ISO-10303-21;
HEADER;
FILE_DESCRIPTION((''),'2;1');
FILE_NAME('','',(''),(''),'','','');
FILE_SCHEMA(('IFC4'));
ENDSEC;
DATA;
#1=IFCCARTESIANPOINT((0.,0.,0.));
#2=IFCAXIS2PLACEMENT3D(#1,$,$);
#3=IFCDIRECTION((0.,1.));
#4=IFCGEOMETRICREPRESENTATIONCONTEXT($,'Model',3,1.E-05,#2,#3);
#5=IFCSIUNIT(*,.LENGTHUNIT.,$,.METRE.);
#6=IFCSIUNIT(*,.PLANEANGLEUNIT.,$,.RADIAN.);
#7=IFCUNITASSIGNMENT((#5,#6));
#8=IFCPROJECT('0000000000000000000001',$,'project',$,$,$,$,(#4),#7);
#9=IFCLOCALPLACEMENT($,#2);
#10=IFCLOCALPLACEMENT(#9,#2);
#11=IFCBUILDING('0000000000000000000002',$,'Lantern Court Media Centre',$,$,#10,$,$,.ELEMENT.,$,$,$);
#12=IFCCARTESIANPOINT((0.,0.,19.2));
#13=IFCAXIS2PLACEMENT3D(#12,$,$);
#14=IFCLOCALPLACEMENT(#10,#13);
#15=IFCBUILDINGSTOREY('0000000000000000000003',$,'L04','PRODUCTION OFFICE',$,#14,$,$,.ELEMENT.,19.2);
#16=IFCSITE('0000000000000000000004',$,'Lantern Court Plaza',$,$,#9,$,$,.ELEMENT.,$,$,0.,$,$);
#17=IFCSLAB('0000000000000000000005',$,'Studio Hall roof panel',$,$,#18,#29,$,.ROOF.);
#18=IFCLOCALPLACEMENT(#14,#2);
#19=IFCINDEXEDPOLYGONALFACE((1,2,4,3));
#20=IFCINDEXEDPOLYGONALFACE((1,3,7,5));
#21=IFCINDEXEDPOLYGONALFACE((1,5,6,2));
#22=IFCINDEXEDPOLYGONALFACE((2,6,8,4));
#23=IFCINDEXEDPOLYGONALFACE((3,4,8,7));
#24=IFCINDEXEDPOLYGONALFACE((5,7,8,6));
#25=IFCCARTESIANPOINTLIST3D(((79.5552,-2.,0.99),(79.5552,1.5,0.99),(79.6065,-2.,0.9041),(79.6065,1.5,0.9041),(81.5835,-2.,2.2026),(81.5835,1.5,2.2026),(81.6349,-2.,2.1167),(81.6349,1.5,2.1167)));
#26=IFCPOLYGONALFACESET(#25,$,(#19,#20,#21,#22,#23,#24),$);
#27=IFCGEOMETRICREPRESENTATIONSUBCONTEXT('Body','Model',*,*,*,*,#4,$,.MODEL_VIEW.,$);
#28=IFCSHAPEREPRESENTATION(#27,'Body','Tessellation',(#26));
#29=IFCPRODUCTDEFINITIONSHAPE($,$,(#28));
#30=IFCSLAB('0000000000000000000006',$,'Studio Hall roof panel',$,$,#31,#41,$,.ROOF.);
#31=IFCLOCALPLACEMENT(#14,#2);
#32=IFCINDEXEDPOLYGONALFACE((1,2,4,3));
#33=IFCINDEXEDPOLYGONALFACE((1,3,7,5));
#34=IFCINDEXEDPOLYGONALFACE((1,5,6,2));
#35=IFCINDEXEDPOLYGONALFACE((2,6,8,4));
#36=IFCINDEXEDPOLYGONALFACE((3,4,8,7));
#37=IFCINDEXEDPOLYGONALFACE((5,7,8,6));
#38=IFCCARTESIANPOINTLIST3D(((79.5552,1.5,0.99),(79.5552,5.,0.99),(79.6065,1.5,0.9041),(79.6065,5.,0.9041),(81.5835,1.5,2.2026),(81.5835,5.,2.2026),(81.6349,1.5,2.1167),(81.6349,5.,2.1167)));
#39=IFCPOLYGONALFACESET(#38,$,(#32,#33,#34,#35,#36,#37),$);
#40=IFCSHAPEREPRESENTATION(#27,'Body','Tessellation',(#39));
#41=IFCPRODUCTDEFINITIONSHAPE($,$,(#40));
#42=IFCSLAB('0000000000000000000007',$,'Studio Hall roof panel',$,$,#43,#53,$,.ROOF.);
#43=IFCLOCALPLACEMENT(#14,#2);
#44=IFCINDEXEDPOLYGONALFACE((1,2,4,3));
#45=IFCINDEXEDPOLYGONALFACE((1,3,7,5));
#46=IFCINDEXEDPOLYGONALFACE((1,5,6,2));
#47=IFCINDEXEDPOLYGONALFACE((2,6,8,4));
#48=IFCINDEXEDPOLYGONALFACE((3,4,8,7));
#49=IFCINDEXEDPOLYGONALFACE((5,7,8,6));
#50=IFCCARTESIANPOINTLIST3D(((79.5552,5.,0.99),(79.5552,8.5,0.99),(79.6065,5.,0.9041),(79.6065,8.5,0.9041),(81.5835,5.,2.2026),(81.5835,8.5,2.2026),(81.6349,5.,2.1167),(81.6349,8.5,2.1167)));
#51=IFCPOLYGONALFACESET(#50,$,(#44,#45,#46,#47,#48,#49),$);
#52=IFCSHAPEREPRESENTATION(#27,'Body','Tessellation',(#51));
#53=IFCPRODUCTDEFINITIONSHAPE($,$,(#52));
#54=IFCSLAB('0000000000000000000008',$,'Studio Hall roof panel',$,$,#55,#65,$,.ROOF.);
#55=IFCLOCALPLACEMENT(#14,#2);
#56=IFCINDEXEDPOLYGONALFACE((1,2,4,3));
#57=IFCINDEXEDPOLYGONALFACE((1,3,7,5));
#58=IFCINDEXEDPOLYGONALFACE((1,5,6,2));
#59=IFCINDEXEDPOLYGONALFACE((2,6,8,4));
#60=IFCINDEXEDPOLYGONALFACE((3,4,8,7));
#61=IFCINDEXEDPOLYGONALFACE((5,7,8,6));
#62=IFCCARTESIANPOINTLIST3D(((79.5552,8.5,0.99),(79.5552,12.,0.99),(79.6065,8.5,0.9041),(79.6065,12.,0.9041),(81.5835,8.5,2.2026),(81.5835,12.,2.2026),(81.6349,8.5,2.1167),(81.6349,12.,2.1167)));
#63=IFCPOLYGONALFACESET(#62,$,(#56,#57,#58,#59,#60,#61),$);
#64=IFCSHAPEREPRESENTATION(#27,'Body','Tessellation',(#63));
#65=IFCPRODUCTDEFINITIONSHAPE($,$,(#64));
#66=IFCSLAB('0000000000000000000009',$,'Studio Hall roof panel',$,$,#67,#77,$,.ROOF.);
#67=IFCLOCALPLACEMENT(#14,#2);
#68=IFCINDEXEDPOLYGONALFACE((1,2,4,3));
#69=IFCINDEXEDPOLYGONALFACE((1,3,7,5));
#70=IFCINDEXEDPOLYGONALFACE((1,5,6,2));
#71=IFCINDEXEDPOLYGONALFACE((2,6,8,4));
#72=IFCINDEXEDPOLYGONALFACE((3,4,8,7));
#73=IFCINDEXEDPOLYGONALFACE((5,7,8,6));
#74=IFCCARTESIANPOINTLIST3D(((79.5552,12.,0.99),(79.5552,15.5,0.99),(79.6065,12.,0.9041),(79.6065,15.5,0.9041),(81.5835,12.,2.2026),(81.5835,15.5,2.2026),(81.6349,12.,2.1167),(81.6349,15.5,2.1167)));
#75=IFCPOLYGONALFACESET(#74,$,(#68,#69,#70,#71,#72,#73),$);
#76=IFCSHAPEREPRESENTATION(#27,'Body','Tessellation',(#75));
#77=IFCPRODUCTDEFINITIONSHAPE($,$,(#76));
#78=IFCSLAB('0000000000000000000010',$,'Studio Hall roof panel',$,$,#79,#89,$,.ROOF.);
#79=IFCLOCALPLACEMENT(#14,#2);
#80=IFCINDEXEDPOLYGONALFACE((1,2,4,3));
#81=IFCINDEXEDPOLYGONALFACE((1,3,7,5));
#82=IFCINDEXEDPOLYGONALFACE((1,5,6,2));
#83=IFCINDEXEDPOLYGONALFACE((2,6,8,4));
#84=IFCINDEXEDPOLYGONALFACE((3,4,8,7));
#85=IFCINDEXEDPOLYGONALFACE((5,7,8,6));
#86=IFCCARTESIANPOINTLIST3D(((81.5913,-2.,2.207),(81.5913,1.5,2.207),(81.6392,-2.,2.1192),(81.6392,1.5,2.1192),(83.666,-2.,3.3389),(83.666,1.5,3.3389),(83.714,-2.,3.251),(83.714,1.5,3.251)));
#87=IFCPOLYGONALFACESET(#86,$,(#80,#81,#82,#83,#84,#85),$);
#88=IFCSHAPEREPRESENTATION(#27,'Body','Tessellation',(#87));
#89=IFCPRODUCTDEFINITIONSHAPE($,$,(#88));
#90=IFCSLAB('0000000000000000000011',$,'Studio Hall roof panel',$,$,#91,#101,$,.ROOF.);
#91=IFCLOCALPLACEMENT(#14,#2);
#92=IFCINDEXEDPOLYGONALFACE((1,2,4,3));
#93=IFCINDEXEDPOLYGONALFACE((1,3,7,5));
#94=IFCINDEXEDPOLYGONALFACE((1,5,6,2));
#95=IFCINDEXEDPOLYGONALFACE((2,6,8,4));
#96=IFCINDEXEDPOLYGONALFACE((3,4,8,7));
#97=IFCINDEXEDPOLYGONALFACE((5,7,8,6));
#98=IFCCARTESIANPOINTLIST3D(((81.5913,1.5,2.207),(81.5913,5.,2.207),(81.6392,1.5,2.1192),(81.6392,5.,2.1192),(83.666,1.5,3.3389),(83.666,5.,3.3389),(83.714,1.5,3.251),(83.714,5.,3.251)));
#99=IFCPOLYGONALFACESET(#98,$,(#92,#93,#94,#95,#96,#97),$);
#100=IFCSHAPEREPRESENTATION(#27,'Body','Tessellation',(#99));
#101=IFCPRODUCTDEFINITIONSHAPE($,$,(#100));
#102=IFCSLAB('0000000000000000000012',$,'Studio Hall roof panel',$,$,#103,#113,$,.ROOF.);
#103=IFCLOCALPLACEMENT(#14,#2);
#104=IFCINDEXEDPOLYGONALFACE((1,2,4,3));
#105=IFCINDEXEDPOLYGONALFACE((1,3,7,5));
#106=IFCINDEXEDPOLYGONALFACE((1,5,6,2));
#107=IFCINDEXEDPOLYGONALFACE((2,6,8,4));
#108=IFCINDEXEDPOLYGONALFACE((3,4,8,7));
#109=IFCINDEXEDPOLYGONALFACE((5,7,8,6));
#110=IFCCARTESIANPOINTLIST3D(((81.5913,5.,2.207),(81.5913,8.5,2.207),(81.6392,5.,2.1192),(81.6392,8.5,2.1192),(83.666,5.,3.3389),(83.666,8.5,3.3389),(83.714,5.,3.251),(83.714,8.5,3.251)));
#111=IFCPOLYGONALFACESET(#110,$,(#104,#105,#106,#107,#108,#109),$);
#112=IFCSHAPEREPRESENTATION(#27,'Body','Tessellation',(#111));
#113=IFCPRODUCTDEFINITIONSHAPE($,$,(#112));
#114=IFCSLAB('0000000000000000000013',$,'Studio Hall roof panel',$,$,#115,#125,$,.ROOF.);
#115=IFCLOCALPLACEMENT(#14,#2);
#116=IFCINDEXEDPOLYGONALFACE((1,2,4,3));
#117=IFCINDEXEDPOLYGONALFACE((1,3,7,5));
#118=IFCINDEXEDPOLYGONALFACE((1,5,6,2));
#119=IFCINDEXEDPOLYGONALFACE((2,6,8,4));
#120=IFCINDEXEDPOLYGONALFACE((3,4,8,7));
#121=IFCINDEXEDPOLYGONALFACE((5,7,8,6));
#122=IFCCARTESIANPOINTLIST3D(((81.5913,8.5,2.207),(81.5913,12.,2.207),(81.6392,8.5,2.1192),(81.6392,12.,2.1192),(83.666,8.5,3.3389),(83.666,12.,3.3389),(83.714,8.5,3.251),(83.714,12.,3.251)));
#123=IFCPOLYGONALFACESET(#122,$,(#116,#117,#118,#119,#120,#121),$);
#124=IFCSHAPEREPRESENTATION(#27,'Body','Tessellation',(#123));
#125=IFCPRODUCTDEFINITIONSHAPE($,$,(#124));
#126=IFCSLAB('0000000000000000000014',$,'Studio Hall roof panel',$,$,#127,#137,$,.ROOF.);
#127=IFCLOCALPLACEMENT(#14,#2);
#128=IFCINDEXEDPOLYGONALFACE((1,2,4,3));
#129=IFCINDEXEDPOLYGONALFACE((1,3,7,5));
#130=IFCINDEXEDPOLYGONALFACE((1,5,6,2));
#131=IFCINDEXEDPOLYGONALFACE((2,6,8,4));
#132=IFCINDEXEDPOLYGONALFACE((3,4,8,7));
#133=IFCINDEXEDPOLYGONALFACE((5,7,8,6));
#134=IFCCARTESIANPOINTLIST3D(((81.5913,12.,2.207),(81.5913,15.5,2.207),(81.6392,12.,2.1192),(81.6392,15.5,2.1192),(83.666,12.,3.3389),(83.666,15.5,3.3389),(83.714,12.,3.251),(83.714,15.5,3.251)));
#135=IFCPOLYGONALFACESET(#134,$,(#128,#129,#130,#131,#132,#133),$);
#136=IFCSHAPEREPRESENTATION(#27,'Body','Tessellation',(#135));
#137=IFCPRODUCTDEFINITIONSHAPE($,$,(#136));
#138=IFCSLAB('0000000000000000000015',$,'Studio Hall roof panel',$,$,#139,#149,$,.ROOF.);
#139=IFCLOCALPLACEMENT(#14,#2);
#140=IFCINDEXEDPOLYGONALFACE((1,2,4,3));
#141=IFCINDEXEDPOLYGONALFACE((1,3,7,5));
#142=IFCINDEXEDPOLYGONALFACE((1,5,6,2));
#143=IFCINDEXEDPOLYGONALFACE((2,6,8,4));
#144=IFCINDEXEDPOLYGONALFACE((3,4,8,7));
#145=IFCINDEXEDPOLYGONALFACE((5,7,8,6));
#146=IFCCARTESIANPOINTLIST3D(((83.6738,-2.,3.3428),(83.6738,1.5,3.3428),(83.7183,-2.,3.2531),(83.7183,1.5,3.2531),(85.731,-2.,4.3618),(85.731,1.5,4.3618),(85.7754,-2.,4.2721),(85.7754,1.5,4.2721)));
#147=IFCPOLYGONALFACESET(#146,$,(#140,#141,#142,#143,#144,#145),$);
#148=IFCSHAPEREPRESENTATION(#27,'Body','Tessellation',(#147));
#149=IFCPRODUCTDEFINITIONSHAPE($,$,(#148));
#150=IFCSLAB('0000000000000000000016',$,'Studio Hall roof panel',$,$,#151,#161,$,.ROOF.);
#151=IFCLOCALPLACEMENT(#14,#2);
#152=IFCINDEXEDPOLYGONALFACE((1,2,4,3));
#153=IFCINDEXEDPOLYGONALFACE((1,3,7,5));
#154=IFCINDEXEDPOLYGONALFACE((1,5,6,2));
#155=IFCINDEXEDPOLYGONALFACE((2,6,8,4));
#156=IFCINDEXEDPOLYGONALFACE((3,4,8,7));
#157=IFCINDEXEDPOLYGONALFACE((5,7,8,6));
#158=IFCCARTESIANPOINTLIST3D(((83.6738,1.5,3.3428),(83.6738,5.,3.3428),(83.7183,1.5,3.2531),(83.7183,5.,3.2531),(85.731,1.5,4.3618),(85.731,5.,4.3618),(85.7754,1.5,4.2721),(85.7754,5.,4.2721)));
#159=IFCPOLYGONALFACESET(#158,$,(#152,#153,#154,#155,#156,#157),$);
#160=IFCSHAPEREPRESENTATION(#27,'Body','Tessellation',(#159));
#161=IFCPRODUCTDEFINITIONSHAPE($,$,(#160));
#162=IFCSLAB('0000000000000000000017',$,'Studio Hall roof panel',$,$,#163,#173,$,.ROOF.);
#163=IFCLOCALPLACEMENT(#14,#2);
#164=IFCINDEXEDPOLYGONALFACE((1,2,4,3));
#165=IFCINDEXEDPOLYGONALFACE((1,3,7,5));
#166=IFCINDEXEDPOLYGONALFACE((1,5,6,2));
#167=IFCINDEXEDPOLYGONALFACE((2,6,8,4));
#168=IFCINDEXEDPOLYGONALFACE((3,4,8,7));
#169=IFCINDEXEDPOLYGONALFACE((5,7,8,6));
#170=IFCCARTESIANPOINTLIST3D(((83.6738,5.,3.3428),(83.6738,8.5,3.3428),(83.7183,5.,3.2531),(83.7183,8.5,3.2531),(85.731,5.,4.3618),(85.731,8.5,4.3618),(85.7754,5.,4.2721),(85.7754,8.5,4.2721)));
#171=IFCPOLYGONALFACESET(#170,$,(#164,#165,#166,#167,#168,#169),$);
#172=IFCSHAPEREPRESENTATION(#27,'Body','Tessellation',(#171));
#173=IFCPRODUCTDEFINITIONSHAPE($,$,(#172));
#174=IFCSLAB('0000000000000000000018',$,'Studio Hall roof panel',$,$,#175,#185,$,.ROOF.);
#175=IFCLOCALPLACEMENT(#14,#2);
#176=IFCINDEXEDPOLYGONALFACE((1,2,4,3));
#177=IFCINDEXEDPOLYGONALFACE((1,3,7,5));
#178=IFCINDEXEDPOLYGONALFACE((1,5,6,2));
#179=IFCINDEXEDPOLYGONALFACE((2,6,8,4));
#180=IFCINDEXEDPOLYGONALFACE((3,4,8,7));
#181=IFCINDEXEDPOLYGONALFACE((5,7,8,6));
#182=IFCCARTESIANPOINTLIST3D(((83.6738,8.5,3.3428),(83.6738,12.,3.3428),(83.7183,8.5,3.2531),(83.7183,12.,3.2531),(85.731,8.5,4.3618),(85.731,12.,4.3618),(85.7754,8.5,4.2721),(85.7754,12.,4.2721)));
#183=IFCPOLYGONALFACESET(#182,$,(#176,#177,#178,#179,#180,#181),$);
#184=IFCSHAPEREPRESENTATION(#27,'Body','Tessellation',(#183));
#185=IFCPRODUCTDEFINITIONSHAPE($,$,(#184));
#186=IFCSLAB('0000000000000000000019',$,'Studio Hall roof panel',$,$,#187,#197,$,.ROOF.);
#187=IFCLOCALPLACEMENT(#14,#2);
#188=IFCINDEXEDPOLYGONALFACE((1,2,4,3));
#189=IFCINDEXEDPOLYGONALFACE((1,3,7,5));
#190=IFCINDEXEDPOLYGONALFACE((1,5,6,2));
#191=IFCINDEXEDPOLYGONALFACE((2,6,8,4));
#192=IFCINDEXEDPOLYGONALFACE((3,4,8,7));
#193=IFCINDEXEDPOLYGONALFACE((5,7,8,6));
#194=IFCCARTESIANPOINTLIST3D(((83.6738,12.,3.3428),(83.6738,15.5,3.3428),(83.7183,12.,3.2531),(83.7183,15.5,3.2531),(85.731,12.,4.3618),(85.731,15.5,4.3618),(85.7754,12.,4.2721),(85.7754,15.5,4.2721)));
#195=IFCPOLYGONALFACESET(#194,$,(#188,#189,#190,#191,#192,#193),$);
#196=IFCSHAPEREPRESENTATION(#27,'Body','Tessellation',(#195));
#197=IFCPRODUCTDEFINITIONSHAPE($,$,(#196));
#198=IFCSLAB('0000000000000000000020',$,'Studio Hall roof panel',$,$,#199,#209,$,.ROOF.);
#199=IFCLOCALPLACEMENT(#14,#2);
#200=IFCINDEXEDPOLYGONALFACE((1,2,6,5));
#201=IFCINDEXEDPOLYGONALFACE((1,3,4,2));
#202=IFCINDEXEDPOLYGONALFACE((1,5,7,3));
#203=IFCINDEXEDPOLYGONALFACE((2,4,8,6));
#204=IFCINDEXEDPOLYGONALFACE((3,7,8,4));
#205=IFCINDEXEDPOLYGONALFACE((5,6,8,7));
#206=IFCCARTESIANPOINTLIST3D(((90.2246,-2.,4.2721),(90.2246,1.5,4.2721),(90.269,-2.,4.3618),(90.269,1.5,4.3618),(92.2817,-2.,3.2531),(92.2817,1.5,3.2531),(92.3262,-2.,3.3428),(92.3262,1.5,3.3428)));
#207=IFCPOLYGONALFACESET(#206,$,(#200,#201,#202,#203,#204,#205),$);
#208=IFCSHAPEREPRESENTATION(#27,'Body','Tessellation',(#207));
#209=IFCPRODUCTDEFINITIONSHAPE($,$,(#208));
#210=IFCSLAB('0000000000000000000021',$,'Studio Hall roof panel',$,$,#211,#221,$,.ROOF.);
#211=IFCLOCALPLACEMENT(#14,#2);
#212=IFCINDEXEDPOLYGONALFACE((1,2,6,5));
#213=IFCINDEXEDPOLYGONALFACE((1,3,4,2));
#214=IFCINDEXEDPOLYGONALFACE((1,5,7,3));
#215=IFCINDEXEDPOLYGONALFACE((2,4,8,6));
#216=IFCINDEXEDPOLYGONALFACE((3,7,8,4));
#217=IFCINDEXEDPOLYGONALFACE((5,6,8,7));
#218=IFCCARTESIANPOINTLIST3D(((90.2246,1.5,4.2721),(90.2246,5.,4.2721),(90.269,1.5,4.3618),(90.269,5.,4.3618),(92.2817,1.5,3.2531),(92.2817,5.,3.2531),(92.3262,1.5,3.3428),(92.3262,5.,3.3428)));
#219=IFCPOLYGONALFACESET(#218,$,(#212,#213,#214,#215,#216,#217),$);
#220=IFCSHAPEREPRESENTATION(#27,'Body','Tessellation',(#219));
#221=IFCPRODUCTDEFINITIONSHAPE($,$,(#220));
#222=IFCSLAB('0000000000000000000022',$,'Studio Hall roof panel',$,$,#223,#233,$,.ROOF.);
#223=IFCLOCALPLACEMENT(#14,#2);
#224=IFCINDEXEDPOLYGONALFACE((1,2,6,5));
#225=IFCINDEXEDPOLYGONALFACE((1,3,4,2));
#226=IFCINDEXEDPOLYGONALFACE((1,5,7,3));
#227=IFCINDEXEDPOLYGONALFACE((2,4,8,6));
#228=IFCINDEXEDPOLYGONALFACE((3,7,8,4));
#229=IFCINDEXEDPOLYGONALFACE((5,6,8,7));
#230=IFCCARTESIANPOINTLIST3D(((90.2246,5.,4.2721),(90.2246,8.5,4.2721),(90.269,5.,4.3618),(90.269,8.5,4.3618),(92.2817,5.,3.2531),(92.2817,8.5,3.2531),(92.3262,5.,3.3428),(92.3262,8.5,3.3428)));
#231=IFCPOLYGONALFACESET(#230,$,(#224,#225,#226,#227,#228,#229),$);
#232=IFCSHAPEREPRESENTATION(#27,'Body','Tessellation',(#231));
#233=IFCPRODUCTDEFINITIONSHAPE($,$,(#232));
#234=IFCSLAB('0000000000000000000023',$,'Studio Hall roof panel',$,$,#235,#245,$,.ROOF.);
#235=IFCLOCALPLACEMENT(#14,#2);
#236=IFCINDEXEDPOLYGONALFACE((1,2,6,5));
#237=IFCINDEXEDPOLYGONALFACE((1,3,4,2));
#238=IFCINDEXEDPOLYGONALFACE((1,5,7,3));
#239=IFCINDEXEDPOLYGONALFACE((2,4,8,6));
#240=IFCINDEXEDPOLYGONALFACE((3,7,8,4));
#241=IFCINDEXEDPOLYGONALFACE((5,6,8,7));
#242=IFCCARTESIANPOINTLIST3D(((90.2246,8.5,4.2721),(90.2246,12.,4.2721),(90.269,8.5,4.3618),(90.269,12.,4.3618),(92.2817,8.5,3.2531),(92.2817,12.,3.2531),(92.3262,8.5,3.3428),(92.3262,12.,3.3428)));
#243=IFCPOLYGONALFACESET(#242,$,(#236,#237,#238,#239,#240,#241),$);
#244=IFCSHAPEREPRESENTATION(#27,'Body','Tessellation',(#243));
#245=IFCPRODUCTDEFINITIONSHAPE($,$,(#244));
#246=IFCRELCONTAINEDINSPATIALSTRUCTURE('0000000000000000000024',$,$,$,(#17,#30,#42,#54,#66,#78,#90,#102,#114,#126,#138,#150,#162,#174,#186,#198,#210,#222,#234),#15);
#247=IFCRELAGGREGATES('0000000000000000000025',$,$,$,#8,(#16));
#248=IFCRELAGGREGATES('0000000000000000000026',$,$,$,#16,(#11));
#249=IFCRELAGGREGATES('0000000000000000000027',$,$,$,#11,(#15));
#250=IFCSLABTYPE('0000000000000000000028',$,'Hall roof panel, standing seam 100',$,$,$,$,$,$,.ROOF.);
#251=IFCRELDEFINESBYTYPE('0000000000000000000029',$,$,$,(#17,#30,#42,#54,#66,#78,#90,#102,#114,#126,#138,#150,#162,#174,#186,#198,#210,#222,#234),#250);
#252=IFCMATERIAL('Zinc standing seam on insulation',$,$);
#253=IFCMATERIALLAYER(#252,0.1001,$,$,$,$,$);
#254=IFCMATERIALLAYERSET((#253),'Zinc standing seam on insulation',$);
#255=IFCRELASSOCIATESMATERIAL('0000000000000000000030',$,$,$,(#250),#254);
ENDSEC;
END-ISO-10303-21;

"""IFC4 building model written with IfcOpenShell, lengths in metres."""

from ifc_helpers import new_model, si_unit, direction, frame, origin, place, context, subcontext, project, spatial, polyline, outline, extrude, material, layer, layer_set, type_object, element, save


model = new_model("IFC4")

# Units and contexts
model_context = context("Model", 3, precision=1e-05, world=origin(), true_north=direction((0.0, 1.0)))
body_context = subcontext(model_context, "Body", "Model", "MODEL_VIEW")
ifc_project = project(units=[si_unit("LENGTHUNIT", "METRE"), si_unit("PLANEANGLEUNIT", "RADIAN")], contexts=[model_context])

# Site, building, storey
site_placement = place(None, origin())
site = spatial("IfcSite", under=ifc_project, at=site_placement, Name="Lantern Court Plaza", CompositionType="ELEMENT", RefElevation=0.0)
building_placement = place(site_placement, origin())
building = spatial("IfcBuilding", under=site, at=building_placement, Name="Lantern Court Media Centre", CompositionType="ELEMENT")
storey_placement = place(building_placement, frame((0.0, 0.0, 19.2)))
storey = spatial("IfcBuildingStorey", under=building, at=storey_placement, Name="L04", Description="PRODUCTION OFFICE", CompositionType="ELEMENT", Elevation=19.2)

# Slabs
ifc_material = material(Name="Zinc standing seam on insulation")
ifc_layer = layer(ifc_material, 0.1001)
ifc_layer_set = layer_set([ifc_layer], Name="Zinc standing seam on insulation")
slab_type = type_object("IfcSlabType", Name="Hall roof panel, standing seam 100", PredefinedType="ROOF", material=ifc_layer_set)
for number, where, z_axis, x_axis, name in (
    (1, (79.5552, -2.0, 0.99), (-0.513143, 0.0, 0.858303), (0.858303, 0.0, 0.513143), "Studio Hall roof panel"),
    (2, (79.5552, 1.5, 0.99), (-0.513143, 0.0, 0.858303), (0.858303, 0.0, 0.513143), "Studio Hall roof panel"),
    (3, (79.5552, 5.0, 0.99), (-0.513143, 0.0, 0.858303), (0.858303, 0.0, 0.513143), "Studio Hall roof panel"),
    (4, (79.5552, 8.5, 0.99), (-0.513143, 0.0, 0.858303), (0.858303, 0.0, 0.513143), "Studio Hall roof panel"),
    (5, (79.5552, 12.0, 0.99), (-0.513143, 0.0, 0.858303), (0.858303, 0.0, 0.513143), "Studio Hall roof panel"),
):
    element("IfcSlab", number, at=place(storey_placement, frame(where, z_axis=z_axis, x_axis=x_axis)), inside=storey, type_object=slab_type, Name=name, PredefinedType="ROOF", context=body_context, shape_type="SweptSolid", body=[
        extrude(outline(polyline([(0.0, 0.0), (2.3632, 0.0), (2.3632, 3.5), (0.0, 3.5), (0.0, 0.0)])), origin(), (0.0, 0.0, -1.0), 0.1001),
    ])
for number, where, z_axis, x_axis, name in (
    (6, (81.5913, -2.0, 2.207), (-0.47891, 0.0, 0.877864), (0.877864, 0.0, 0.47891), "Studio Hall roof panel"),
    (7, (81.5913, 1.5, 2.207), (-0.47891, 0.0, 0.877864), (0.877864, 0.0, 0.47891), "Studio Hall roof panel"),
    (8, (81.5913, 5.0, 2.207), (-0.47891, 0.0, 0.877864), (0.877864, 0.0, 0.47891), "Studio Hall roof panel"),
    (9, (81.5913, 8.5, 2.207), (-0.47891, 0.0, 0.877864), (0.877864, 0.0, 0.47891), "Studio Hall roof panel"),
    (10, (81.5913, 12.0, 2.207), (-0.47891, 0.0, 0.877864), (0.877864, 0.0, 0.47891), "Studio Hall roof panel"),
):
    element("IfcSlab", number, at=place(storey_placement, frame(where, z_axis=z_axis, x_axis=x_axis)), inside=storey, type_object=slab_type, Name=name, PredefinedType="ROOF", context=body_context, shape_type="SweptSolid", body=[
        extrude(outline(polyline([(0.0, 0.0), (2.3634, 0.0), (2.3634, 3.5), (0.0, 3.5), (0.0, 0.0)])), origin(), (0.0, 0.0, -1.0), 0.1001),
    ])
for number, where, z_axis, x_axis, name in (
    (11, (83.6738, -2.0, 3.3428), (-0.443892, 0.0, 0.89608), (0.89608, 0.0, 0.443892), "Studio Hall roof panel"),
    (12, (83.6738, 1.5, 3.3428), (-0.443892, 0.0, 0.89608), (0.89608, 0.0, 0.443892), "Studio Hall roof panel"),
    (13, (83.6738, 5.0, 3.3428), (-0.443892, 0.0, 0.89608), (0.89608, 0.0, 0.443892), "Studio Hall roof panel"),
    (14, (83.6738, 8.5, 3.3428), (-0.443892, 0.0, 0.89608), (0.89608, 0.0, 0.443892), "Studio Hall roof panel"),
    (15, (83.6738, 12.0, 3.3428), (-0.443892, 0.0, 0.89608), (0.89608, 0.0, 0.443892), "Studio Hall roof panel"),
    (16, (90.269, -2.0, 4.3618), (0.443892, 0.0, 0.89608), (0.89608, 0.0, -0.443892), "Studio Hall roof panel"),
    (17, (90.269, 1.5, 4.3618), (0.443892, 0.0, 0.89608), (0.89608, 0.0, -0.443892), "Studio Hall roof panel"),
    (18, (90.269, 5.0, 4.3618), (0.443892, 0.0, 0.89608), (0.89608, 0.0, -0.443892), "Studio Hall roof panel"),
    (19, (90.269, 8.5, 4.3618), (0.443892, 0.0, 0.89608), (0.89608, 0.0, -0.443892), "Studio Hall roof panel"),
):
    element("IfcSlab", number, at=place(storey_placement, frame(where, z_axis=z_axis, x_axis=x_axis)), inside=storey, type_object=slab_type, Name=name, PredefinedType="ROOF", context=body_context, shape_type="SweptSolid", body=[
        extrude(outline(polyline([(0.0, 0.0), (2.2957, 0.0), (2.2957, 3.5), (0.0, 3.5), (0.0, 0.0)])), origin(), (0.0, 0.0, -1.0), 0.1001),
    ])

save(model, "model.ifc")
